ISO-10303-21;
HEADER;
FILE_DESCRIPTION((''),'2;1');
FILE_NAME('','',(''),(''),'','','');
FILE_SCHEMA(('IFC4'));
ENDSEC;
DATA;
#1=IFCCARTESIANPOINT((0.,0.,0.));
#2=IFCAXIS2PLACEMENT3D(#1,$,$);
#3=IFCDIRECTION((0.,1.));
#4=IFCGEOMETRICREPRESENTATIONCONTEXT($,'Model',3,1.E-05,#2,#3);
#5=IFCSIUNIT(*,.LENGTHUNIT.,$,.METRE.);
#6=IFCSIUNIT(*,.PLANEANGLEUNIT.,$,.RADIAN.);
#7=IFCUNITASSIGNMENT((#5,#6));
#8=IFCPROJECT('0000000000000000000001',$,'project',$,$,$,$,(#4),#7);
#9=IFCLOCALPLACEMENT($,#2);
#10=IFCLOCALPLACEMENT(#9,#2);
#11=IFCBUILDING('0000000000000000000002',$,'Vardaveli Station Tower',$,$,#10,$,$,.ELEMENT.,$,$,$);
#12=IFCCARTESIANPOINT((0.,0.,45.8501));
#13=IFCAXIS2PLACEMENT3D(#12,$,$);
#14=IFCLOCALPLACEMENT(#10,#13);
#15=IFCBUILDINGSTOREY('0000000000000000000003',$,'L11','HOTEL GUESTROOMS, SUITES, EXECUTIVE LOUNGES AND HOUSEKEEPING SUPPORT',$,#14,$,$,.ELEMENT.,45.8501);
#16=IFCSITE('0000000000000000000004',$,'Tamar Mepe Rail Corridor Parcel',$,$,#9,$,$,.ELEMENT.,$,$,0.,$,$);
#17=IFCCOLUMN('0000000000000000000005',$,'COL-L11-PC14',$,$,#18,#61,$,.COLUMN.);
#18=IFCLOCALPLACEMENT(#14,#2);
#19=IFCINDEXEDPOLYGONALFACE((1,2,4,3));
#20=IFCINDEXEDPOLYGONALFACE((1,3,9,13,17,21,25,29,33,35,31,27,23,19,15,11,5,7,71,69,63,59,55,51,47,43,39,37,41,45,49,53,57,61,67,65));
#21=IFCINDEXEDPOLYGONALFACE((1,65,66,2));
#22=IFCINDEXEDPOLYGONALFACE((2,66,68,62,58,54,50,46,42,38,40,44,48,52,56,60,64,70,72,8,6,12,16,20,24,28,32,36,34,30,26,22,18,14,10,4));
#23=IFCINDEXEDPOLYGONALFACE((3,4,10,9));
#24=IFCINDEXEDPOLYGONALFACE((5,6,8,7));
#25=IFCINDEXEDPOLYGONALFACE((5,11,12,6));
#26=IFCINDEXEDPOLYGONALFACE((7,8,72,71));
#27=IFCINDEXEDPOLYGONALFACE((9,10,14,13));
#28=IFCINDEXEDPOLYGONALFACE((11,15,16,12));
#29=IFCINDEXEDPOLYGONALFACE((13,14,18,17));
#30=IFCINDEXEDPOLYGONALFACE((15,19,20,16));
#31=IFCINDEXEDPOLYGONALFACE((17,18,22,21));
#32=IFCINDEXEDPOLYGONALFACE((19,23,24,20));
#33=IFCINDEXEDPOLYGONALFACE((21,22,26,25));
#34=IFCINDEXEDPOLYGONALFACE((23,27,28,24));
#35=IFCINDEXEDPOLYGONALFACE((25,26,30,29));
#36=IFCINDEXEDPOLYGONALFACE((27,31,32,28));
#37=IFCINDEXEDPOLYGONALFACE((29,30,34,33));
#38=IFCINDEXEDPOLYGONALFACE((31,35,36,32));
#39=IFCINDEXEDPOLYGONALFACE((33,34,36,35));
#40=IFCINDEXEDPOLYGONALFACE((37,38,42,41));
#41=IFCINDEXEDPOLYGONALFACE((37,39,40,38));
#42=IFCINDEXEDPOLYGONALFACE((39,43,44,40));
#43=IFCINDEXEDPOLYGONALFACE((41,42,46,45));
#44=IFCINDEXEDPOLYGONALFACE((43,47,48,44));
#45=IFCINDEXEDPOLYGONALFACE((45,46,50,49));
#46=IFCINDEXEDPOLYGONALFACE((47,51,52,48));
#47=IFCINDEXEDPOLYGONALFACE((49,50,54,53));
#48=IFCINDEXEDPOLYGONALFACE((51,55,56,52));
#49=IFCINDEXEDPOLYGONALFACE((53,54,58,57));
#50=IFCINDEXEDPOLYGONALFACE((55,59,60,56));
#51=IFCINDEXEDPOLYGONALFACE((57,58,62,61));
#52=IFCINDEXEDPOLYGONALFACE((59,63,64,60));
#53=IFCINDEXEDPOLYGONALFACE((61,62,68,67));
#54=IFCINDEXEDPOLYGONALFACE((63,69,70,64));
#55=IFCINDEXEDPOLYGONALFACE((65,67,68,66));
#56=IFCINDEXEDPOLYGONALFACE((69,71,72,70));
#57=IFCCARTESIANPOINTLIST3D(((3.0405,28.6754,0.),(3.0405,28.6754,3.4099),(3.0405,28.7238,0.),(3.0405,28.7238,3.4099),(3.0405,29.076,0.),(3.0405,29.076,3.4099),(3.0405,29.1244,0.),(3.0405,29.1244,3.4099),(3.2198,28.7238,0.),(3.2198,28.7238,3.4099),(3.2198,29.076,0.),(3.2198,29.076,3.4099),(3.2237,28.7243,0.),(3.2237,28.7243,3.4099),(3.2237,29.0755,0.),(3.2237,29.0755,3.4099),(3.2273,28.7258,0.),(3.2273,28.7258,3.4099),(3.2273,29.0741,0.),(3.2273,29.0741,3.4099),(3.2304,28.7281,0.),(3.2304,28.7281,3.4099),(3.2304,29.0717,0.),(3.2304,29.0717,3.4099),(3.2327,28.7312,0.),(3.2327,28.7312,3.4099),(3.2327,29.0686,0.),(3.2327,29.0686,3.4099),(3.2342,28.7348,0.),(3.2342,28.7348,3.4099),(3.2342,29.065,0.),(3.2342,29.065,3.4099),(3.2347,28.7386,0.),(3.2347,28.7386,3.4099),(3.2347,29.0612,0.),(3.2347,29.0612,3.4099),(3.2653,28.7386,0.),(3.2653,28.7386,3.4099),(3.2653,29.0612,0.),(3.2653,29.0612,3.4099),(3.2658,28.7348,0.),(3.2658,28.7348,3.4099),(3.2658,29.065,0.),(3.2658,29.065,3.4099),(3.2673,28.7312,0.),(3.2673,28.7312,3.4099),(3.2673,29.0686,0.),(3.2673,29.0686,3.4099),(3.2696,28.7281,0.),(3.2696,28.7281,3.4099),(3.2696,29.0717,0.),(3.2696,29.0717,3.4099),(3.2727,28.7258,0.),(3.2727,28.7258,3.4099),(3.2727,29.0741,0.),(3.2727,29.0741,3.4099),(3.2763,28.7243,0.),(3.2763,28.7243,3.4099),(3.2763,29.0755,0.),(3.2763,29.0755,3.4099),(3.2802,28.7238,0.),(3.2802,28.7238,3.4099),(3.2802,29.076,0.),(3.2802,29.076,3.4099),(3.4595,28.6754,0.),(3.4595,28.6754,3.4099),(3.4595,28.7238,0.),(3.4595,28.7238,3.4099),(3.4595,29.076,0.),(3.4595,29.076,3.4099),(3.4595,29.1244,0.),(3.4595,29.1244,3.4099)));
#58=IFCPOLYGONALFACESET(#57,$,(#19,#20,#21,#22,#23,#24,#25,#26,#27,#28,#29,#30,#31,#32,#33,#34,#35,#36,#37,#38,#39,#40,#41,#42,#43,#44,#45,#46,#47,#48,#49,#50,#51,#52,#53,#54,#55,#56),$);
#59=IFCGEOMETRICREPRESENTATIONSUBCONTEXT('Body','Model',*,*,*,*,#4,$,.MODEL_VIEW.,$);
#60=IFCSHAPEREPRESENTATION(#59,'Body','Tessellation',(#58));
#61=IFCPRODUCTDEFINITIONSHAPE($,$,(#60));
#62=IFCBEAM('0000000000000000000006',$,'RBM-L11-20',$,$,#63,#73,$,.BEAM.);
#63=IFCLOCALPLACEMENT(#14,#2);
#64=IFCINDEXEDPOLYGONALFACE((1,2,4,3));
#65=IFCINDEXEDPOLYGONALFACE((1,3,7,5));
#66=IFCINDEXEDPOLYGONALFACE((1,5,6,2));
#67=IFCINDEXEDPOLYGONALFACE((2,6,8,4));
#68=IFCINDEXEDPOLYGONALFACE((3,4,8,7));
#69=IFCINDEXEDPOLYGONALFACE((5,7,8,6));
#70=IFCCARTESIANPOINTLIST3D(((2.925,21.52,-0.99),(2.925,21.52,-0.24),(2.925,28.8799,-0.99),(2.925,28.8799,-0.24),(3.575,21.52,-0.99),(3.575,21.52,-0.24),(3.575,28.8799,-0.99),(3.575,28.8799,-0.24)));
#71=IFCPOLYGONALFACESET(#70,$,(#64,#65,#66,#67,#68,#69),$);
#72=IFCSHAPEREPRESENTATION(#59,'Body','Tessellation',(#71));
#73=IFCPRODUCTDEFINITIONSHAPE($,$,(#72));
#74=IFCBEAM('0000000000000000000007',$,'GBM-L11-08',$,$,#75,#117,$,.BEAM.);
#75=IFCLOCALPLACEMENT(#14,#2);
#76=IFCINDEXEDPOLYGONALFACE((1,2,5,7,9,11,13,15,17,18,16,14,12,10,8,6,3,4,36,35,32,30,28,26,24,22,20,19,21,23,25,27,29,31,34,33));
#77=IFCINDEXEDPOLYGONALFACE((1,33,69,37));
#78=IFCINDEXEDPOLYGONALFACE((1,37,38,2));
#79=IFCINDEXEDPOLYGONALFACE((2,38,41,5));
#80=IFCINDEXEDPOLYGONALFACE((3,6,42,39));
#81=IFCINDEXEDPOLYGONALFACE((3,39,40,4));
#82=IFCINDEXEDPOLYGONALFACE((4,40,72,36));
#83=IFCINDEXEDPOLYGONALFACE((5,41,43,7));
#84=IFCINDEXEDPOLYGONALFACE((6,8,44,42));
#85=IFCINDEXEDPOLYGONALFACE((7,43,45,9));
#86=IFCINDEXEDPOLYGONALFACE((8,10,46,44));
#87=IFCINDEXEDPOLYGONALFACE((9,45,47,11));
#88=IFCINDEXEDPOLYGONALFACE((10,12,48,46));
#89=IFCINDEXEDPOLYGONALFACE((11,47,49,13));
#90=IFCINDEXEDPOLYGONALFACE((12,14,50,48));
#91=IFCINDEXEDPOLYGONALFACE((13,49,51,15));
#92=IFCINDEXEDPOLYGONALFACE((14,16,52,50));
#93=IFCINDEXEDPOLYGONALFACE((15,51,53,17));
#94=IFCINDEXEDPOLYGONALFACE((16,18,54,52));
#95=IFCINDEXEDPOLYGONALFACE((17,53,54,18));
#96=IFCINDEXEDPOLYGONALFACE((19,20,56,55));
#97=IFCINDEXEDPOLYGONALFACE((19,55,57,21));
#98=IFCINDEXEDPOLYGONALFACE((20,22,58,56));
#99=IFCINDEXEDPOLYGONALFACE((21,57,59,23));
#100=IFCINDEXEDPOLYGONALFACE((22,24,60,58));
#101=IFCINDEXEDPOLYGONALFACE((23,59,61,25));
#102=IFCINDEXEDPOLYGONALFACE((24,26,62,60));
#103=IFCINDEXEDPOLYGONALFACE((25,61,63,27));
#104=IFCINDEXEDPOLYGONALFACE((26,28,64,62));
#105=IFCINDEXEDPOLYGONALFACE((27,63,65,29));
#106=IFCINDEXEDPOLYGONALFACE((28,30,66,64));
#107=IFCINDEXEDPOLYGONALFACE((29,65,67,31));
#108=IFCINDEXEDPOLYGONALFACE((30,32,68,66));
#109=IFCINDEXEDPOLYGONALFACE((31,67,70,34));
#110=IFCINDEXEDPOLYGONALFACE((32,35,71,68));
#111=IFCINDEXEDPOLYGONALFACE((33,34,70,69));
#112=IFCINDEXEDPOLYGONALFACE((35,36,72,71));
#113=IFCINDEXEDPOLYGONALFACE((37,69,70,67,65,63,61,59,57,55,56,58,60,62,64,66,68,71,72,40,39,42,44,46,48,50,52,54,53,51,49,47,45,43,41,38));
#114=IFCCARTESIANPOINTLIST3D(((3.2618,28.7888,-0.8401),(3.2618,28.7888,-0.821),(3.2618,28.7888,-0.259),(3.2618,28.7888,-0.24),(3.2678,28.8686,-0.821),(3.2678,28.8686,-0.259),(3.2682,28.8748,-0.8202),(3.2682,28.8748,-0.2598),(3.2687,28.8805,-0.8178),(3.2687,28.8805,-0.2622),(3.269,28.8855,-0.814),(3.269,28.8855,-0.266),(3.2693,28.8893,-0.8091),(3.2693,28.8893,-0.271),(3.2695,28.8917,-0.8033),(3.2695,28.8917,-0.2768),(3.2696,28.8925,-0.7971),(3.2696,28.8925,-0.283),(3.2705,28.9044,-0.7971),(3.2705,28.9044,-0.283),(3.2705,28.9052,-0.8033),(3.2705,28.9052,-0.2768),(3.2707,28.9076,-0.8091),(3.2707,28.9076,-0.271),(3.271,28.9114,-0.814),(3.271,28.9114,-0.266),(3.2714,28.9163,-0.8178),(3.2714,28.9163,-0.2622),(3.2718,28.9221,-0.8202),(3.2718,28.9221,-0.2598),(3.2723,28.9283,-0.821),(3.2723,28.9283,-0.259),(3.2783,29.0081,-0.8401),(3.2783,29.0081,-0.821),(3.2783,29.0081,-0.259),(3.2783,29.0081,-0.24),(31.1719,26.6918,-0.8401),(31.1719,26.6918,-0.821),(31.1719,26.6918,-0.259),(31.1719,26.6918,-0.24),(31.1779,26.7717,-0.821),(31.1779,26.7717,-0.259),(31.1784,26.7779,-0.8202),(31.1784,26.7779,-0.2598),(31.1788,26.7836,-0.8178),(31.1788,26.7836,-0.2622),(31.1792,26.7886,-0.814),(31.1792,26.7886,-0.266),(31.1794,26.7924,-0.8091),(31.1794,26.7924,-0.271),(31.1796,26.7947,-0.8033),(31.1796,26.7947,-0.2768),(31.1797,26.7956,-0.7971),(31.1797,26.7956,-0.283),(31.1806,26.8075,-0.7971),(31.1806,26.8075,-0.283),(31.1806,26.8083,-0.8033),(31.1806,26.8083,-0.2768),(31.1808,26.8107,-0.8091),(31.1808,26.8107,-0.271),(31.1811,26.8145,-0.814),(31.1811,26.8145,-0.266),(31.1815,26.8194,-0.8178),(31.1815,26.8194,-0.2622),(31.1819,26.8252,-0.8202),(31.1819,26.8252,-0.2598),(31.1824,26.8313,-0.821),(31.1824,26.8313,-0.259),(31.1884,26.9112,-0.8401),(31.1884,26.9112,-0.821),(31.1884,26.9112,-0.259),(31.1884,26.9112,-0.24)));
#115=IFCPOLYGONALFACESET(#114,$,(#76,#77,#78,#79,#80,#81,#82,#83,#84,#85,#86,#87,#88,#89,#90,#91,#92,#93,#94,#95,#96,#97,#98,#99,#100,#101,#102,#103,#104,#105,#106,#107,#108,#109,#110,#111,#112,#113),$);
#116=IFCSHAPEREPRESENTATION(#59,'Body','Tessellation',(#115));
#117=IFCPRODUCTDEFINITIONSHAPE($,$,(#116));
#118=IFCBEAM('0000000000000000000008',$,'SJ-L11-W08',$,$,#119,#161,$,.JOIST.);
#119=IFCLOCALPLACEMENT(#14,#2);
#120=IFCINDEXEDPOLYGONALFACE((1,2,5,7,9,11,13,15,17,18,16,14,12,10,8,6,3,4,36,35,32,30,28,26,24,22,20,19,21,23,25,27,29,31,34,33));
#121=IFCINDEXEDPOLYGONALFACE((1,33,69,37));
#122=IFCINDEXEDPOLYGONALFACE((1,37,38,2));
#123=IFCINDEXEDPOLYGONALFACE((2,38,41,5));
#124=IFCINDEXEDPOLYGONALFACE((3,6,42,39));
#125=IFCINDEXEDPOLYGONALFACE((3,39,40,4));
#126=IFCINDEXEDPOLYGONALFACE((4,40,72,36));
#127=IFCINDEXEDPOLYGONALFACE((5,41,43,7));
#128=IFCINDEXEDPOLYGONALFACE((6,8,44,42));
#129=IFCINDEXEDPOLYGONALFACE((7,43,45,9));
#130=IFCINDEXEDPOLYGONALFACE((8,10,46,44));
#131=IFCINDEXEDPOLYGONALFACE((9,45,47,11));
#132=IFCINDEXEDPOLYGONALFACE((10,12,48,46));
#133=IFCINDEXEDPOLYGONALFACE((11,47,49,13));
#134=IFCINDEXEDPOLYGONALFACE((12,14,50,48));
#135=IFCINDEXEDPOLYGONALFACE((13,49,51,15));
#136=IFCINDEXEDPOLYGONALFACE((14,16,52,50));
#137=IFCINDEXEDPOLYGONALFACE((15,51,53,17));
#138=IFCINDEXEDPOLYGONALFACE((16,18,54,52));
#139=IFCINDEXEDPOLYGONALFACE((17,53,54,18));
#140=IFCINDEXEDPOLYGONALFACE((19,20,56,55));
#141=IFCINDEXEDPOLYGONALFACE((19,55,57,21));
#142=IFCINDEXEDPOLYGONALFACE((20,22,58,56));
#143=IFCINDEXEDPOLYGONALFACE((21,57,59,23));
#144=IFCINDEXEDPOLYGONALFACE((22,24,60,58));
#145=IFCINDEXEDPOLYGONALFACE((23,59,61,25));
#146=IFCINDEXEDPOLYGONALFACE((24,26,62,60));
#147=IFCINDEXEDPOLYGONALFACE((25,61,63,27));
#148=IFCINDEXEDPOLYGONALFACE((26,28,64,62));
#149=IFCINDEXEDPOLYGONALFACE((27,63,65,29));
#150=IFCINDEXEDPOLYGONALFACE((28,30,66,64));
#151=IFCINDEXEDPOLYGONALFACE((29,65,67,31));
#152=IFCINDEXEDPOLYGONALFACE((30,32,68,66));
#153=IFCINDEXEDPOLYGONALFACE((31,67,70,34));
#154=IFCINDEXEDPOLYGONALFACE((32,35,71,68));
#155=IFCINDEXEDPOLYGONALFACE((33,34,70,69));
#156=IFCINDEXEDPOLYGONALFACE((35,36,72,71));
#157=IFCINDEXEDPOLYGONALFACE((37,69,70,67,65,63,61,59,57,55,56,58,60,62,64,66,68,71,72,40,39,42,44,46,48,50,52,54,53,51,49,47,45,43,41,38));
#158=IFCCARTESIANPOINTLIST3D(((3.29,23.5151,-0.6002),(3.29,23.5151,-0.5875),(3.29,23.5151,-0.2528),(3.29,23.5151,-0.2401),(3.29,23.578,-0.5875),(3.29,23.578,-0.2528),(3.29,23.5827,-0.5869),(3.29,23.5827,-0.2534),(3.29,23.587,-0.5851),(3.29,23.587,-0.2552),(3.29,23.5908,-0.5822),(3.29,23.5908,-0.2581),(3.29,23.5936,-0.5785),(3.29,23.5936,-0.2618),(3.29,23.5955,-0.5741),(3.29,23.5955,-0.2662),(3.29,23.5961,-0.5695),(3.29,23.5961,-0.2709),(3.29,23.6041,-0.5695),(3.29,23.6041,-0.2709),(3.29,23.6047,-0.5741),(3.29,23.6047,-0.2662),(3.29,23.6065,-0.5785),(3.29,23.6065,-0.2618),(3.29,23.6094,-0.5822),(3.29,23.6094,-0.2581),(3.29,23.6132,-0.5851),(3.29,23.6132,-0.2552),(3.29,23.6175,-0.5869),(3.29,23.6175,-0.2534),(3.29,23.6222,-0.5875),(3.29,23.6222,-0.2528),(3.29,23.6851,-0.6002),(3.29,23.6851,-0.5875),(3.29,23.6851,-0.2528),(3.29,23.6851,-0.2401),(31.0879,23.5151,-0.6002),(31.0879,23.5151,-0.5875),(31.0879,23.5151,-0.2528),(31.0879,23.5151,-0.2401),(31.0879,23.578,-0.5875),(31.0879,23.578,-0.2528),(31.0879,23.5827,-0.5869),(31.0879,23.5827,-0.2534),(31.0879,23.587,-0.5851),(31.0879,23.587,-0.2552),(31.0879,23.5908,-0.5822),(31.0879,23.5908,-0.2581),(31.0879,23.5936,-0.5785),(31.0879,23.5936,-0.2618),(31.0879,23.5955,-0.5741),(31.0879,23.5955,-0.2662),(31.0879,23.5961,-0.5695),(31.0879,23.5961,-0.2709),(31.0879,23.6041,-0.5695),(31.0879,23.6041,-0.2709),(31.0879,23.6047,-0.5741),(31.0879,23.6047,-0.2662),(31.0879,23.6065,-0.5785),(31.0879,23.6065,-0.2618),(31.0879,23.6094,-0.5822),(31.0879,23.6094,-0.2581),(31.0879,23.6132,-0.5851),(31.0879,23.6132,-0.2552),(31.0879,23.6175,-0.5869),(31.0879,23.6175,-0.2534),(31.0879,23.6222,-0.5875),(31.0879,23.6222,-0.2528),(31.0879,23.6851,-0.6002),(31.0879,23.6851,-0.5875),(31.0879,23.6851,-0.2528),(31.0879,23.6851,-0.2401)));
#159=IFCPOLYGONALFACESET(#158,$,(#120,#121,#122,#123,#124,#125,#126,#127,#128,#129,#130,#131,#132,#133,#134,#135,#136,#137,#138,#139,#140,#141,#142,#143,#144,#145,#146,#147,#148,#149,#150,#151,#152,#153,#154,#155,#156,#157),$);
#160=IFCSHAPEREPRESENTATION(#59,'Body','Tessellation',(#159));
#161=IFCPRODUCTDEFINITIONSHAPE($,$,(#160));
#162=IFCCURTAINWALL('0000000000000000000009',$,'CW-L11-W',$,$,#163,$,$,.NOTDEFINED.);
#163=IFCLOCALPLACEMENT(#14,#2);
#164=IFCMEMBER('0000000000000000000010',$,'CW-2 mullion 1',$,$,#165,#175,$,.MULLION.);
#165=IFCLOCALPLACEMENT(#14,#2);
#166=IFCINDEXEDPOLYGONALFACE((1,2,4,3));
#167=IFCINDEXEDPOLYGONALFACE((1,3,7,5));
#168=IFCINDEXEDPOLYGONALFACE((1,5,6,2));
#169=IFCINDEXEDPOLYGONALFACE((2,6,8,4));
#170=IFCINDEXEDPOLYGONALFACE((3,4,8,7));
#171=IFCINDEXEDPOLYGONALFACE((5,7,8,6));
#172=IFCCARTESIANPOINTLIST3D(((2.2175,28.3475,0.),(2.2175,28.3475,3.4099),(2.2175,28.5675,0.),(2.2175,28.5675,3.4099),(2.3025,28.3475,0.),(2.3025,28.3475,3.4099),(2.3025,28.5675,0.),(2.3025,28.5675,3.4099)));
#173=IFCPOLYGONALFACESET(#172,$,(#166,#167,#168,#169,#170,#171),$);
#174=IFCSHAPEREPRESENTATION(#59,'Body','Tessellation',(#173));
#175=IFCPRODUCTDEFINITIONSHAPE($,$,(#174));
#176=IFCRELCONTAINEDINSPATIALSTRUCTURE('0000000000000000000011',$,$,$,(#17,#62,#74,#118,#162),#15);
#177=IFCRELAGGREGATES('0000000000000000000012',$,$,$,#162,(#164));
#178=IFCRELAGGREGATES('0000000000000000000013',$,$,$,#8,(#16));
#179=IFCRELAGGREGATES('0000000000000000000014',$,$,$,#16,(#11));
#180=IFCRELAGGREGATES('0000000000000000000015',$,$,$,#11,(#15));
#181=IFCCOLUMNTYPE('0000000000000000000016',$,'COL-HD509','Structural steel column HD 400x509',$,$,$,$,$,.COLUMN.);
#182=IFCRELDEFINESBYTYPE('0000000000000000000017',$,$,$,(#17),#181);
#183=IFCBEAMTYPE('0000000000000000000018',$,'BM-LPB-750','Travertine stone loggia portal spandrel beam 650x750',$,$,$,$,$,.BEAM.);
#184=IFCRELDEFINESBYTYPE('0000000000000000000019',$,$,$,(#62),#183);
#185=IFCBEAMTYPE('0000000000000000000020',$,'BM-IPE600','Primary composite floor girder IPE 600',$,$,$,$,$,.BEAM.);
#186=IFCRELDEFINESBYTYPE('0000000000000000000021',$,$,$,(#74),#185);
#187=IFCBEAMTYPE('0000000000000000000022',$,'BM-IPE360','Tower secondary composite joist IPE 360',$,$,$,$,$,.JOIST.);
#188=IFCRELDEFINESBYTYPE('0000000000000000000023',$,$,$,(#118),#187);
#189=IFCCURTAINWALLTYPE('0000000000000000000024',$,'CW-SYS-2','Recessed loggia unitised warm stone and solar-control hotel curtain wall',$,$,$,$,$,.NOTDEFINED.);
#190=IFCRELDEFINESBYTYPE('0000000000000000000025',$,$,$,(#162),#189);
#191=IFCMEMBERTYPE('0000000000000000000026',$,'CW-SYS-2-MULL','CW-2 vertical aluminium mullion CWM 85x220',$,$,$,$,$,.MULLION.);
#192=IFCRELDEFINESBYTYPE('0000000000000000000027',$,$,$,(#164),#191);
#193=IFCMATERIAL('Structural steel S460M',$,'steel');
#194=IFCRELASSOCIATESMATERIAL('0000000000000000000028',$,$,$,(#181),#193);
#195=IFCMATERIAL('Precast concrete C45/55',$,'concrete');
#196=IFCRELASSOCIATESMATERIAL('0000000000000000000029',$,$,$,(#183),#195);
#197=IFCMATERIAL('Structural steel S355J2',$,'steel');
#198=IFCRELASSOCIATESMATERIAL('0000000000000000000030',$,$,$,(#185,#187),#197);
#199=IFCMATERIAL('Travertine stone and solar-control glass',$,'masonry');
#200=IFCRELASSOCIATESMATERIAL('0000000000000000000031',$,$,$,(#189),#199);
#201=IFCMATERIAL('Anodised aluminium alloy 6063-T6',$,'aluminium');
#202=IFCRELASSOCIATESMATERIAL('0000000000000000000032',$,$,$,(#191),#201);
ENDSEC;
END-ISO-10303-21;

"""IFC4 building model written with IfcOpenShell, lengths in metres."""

from ifc_helpers import new_model, si_unit, direction, frame, origin, origin_2d, place, context, subcontext, project, spatial, rectangle, i_section, extrude, source, transform, mapped, material, material_profile, profile_set, type_object, element, aggregate, save


model = new_model("IFC4")

# Units and contexts
model_context = context("Model", 3, precision=1e-05, world=origin(), true_north=direction((0.0, 1.0)))
body_context = subcontext(model_context, "Body", "Model", "MODEL_VIEW")
ifc_project = project(units=[si_unit("LENGTHUNIT", "METRE"), si_unit("PLANEANGLEUNIT", "RADIAN")], contexts=[model_context])

# Site, building, storey
site_placement = place(None, origin())
site = spatial("IfcSite", under=ifc_project, at=site_placement, Name="Tamar Mepe Rail Corridor Parcel", CompositionType="ELEMENT", RefElevation=0.0)
building_placement = place(site_placement, origin())
building = spatial("IfcBuilding", under=site, at=building_placement, Name="Vardaveli Station Tower", CompositionType="ELEMENT")
storey_placement = place(building_placement, frame((0.0, 0.0, 45.8501)))
storey = spatial("IfcBuildingStorey", under=building, at=storey_placement, Name="L11", Description="HOTEL GUESTROOMS, SUITES, EXECUTIVE LOUNGES AND HOUSEKEEPING SUPPORT", CompositionType="ELEMENT", Elevation=45.8501)

# Column
ifc_material_1 = material(Name="Structural steel S460M", Category="steel")
ifc_material_profile_1 = material_profile(ifc_material_1, i_section(OverallWidth=0.4189, OverallDepth=0.449, WebThickness=0.0305, FlangeThickness=0.0483, FilletRadius=0.0149, at=origin_2d()), Name="HD 400x509")
ifc_profile_set_1 = profile_set([ifc_material_profile_1], Name="Structural steel S460M")
column_type = type_object("IfcColumnType", Name="COL-HD509", Description="Structural steel column HD 400x509", PredefinedType="COLUMN", material=ifc_profile_set_1)
shared_shape_1 = source(origin(), body_context, "Body", "SweptSolid", [
    extrude(i_section(OverallWidth=0.4189, OverallDepth=0.449, WebThickness=0.0305, FlangeThickness=0.0483, FilletRadius=0.0149, at=origin_2d()), origin(), (0.0, 0.0, 1.0), 3.4099),
])
column_placement = place(storey_placement, frame((3.25, 28.8999, 0.0), z_axis=(0.0, 0.0, 1.0), x_axis=(1.0, 0.0, 0.0)))
element("IfcColumn", 1, at=column_placement, inside=storey, type_object=column_type, Name="COL-L11-PC14", PredefinedType="COLUMN", context=body_context, shape_type="MappedRepresentation", body=[
    mapped(shared_shape_1, transform((0.0, 0.0, 0.0), scale=1.0)),
])

# Beams
ifc_material_2 = material(Name="Precast concrete C45/55", Category="concrete")
ifc_material_profile_2 = material_profile(ifc_material_2, rectangle(XDim=0.6499, YDim=0.75, at=origin_2d()), Name="LPB 650x750")
ifc_profile_set_2 = profile_set([ifc_material_profile_2], Name="Precast concrete C45/55")
beam_type_1 = type_object("IfcBeamType", Name="BM-LPB-750", Description="Travertine stone loggia portal spandrel beam 650x750", PredefinedType="BEAM", material=ifc_profile_set_2)
shared_shape_2 = source(origin(), body_context, "Body", "SweptSolid", [
    extrude(rectangle(XDim=0.6499, YDim=0.75, at=origin_2d()), origin(), (0.0, 0.0, 1.0), 7.3599),
])
beam_1_placement = place(storey_placement, frame((3.25, 28.8799, -0.615), z_axis=(0.0, -1.0, 0.0), x_axis=(1.0, 0.0, 0.0)))
element("IfcBeam", 2, at=beam_1_placement, inside=storey, type_object=beam_type_1, Name="RBM-L11-20", PredefinedType="BEAM", context=body_context, shape_type="MappedRepresentation", body=[
    mapped(shared_shape_2, transform((0.0, 0.0, 0.0), scale=1.0)),
])
ifc_material_3 = material(Name="Structural steel S355J2", Category="steel")
ifc_material_profile_3 = material_profile(ifc_material_3, i_section(OverallWidth=0.22, OverallDepth=0.6001, WebThickness=0.012, FlangeThickness=0.019, FilletRadius=0.0239, at=origin_2d()), Name="IPE 600")
ifc_profile_set_3 = profile_set([ifc_material_profile_3], Name="Structural steel S355J2")
beam_type_2 = type_object("IfcBeamType", Name="BM-IPE600", Description="Primary composite floor girder IPE 600", PredefinedType="BEAM", material=ifc_profile_set_3)
shared_shape_3 = source(origin(), body_context, "Body", "SweptSolid", [
    extrude(i_section(OverallWidth=0.22, OverallDepth=0.6001, WebThickness=0.012, FlangeThickness=0.019, FilletRadius=0.0239, at=origin_2d()), origin(), (0.0, 0.0, 1.0), 27.9888),
])
beam_2_placement = place(storey_placement, frame((3.27, 28.8984, -0.54), z_axis=(0.99719, -0.07492, 0.0), x_axis=(0.07492, 0.99719, 0.0)))
element("IfcBeam", 3, at=beam_2_placement, inside=storey, type_object=beam_type_2, Name="GBM-L11-08", PredefinedType="BEAM", context=body_context, shape_type="MappedRepresentation", body=[
    mapped(shared_shape_3, transform((0.0, 0.0, 0.0), scale=1.0)),
])
ifc_material_profile_4 = material_profile(ifc_material_3, i_section(OverallWidth=0.1699, OverallDepth=0.3601, WebThickness=0.0081, FlangeThickness=0.0127, FilletRadius=0.0181, at=origin_2d()), Name="IPE 360")
ifc_profile_set_4 = profile_set([ifc_material_profile_4], Name="Structural steel S355J2")
beam_type_3 = type_object("IfcBeamType", Name="BM-IPE360", Description="Tower secondary composite joist IPE 360", PredefinedType="JOIST", material=ifc_profile_set_4)
shared_shape_4 = source(origin(), body_context, "Body", "SweptSolid", [
    extrude(i_section(OverallWidth=0.1699, OverallDepth=0.3601, WebThickness=0.0081, FlangeThickness=0.0127, FilletRadius=0.0181, at=origin_2d()), origin(), (0.0, 0.0, 1.0), 27.7979),
])
beam_3_placement = place(storey_placement, frame((3.29, 23.6001, -0.4202), z_axis=(1.0, 0.0, 0.0), x_axis=(0.0, 1.0, 0.0)))
element("IfcBeam", 4, at=beam_3_placement, inside=storey, type_object=beam_type_3, Name="SJ-L11-W08", PredefinedType="JOIST", context=body_context, shape_type="MappedRepresentation", body=[
    mapped(shared_shape_4, transform((0.0, 0.0, 0.0), scale=1.0)),
])

# Curtain wall, member
ifc_material_4 = material(Name="Travertine stone and solar-control glass", Category="masonry")
curtain_wall_type = type_object("IfcCurtainWallType", Name="CW-SYS-2", Description="Recessed loggia unitised warm stone and solar-control hotel curtain wall", PredefinedType="NOTDEFINED", material=ifc_material_4)
curtain_wall_placement = place(storey_placement, origin())
curtain_wall = element("IfcCurtainWall", 5, at=curtain_wall_placement, inside=storey, type_object=curtain_wall_type, Name="CW-L11-W", PredefinedType="NOTDEFINED")
ifc_material_5 = material(Name="Anodised aluminium alloy 6063-T6", Category="aluminium")
ifc_material_profile_5 = material_profile(ifc_material_5, rectangle(XDim=0.085, YDim=0.22, at=origin_2d()), Name="CWM 85x220")
ifc_profile_set_5 = profile_set([ifc_material_profile_5], Name="Anodised aluminium alloy 6063-T6")
member_type_1 = type_object("IfcMemberType", Name="CW-SYS-2-MULL", Description="CW-2 vertical aluminium mullion CWM 85x220", PredefinedType="MULLION", material=ifc_profile_set_5)
shared_shape_5 = source(origin(), body_context, "Body", "SweptSolid", [
    extrude(rectangle(XDim=0.085, YDim=0.22, at=origin_2d()), origin(), (0.0, 0.0, 1.0), 3.4099),
])
member_1_placement = place(storey_placement, frame((2.26, 28.4575, 0.0), z_axis=(0.0, 0.0, 1.0), x_axis=(1.0, 0.0, 0.0)))
member_1 = element("IfcMember", 6, at=member_1_placement, type_object=member_type_1, Name="CW-2 mullion 1", PredefinedType="MULLION", context=body_context, shape_type="MappedRepresentation", body=[
    mapped(shared_shape_5, transform((0.0, 0.0, 0.0), scale=1.0)),
])
aggregate(curtain_wall, [member_1])

save(model, "model.ifc")
